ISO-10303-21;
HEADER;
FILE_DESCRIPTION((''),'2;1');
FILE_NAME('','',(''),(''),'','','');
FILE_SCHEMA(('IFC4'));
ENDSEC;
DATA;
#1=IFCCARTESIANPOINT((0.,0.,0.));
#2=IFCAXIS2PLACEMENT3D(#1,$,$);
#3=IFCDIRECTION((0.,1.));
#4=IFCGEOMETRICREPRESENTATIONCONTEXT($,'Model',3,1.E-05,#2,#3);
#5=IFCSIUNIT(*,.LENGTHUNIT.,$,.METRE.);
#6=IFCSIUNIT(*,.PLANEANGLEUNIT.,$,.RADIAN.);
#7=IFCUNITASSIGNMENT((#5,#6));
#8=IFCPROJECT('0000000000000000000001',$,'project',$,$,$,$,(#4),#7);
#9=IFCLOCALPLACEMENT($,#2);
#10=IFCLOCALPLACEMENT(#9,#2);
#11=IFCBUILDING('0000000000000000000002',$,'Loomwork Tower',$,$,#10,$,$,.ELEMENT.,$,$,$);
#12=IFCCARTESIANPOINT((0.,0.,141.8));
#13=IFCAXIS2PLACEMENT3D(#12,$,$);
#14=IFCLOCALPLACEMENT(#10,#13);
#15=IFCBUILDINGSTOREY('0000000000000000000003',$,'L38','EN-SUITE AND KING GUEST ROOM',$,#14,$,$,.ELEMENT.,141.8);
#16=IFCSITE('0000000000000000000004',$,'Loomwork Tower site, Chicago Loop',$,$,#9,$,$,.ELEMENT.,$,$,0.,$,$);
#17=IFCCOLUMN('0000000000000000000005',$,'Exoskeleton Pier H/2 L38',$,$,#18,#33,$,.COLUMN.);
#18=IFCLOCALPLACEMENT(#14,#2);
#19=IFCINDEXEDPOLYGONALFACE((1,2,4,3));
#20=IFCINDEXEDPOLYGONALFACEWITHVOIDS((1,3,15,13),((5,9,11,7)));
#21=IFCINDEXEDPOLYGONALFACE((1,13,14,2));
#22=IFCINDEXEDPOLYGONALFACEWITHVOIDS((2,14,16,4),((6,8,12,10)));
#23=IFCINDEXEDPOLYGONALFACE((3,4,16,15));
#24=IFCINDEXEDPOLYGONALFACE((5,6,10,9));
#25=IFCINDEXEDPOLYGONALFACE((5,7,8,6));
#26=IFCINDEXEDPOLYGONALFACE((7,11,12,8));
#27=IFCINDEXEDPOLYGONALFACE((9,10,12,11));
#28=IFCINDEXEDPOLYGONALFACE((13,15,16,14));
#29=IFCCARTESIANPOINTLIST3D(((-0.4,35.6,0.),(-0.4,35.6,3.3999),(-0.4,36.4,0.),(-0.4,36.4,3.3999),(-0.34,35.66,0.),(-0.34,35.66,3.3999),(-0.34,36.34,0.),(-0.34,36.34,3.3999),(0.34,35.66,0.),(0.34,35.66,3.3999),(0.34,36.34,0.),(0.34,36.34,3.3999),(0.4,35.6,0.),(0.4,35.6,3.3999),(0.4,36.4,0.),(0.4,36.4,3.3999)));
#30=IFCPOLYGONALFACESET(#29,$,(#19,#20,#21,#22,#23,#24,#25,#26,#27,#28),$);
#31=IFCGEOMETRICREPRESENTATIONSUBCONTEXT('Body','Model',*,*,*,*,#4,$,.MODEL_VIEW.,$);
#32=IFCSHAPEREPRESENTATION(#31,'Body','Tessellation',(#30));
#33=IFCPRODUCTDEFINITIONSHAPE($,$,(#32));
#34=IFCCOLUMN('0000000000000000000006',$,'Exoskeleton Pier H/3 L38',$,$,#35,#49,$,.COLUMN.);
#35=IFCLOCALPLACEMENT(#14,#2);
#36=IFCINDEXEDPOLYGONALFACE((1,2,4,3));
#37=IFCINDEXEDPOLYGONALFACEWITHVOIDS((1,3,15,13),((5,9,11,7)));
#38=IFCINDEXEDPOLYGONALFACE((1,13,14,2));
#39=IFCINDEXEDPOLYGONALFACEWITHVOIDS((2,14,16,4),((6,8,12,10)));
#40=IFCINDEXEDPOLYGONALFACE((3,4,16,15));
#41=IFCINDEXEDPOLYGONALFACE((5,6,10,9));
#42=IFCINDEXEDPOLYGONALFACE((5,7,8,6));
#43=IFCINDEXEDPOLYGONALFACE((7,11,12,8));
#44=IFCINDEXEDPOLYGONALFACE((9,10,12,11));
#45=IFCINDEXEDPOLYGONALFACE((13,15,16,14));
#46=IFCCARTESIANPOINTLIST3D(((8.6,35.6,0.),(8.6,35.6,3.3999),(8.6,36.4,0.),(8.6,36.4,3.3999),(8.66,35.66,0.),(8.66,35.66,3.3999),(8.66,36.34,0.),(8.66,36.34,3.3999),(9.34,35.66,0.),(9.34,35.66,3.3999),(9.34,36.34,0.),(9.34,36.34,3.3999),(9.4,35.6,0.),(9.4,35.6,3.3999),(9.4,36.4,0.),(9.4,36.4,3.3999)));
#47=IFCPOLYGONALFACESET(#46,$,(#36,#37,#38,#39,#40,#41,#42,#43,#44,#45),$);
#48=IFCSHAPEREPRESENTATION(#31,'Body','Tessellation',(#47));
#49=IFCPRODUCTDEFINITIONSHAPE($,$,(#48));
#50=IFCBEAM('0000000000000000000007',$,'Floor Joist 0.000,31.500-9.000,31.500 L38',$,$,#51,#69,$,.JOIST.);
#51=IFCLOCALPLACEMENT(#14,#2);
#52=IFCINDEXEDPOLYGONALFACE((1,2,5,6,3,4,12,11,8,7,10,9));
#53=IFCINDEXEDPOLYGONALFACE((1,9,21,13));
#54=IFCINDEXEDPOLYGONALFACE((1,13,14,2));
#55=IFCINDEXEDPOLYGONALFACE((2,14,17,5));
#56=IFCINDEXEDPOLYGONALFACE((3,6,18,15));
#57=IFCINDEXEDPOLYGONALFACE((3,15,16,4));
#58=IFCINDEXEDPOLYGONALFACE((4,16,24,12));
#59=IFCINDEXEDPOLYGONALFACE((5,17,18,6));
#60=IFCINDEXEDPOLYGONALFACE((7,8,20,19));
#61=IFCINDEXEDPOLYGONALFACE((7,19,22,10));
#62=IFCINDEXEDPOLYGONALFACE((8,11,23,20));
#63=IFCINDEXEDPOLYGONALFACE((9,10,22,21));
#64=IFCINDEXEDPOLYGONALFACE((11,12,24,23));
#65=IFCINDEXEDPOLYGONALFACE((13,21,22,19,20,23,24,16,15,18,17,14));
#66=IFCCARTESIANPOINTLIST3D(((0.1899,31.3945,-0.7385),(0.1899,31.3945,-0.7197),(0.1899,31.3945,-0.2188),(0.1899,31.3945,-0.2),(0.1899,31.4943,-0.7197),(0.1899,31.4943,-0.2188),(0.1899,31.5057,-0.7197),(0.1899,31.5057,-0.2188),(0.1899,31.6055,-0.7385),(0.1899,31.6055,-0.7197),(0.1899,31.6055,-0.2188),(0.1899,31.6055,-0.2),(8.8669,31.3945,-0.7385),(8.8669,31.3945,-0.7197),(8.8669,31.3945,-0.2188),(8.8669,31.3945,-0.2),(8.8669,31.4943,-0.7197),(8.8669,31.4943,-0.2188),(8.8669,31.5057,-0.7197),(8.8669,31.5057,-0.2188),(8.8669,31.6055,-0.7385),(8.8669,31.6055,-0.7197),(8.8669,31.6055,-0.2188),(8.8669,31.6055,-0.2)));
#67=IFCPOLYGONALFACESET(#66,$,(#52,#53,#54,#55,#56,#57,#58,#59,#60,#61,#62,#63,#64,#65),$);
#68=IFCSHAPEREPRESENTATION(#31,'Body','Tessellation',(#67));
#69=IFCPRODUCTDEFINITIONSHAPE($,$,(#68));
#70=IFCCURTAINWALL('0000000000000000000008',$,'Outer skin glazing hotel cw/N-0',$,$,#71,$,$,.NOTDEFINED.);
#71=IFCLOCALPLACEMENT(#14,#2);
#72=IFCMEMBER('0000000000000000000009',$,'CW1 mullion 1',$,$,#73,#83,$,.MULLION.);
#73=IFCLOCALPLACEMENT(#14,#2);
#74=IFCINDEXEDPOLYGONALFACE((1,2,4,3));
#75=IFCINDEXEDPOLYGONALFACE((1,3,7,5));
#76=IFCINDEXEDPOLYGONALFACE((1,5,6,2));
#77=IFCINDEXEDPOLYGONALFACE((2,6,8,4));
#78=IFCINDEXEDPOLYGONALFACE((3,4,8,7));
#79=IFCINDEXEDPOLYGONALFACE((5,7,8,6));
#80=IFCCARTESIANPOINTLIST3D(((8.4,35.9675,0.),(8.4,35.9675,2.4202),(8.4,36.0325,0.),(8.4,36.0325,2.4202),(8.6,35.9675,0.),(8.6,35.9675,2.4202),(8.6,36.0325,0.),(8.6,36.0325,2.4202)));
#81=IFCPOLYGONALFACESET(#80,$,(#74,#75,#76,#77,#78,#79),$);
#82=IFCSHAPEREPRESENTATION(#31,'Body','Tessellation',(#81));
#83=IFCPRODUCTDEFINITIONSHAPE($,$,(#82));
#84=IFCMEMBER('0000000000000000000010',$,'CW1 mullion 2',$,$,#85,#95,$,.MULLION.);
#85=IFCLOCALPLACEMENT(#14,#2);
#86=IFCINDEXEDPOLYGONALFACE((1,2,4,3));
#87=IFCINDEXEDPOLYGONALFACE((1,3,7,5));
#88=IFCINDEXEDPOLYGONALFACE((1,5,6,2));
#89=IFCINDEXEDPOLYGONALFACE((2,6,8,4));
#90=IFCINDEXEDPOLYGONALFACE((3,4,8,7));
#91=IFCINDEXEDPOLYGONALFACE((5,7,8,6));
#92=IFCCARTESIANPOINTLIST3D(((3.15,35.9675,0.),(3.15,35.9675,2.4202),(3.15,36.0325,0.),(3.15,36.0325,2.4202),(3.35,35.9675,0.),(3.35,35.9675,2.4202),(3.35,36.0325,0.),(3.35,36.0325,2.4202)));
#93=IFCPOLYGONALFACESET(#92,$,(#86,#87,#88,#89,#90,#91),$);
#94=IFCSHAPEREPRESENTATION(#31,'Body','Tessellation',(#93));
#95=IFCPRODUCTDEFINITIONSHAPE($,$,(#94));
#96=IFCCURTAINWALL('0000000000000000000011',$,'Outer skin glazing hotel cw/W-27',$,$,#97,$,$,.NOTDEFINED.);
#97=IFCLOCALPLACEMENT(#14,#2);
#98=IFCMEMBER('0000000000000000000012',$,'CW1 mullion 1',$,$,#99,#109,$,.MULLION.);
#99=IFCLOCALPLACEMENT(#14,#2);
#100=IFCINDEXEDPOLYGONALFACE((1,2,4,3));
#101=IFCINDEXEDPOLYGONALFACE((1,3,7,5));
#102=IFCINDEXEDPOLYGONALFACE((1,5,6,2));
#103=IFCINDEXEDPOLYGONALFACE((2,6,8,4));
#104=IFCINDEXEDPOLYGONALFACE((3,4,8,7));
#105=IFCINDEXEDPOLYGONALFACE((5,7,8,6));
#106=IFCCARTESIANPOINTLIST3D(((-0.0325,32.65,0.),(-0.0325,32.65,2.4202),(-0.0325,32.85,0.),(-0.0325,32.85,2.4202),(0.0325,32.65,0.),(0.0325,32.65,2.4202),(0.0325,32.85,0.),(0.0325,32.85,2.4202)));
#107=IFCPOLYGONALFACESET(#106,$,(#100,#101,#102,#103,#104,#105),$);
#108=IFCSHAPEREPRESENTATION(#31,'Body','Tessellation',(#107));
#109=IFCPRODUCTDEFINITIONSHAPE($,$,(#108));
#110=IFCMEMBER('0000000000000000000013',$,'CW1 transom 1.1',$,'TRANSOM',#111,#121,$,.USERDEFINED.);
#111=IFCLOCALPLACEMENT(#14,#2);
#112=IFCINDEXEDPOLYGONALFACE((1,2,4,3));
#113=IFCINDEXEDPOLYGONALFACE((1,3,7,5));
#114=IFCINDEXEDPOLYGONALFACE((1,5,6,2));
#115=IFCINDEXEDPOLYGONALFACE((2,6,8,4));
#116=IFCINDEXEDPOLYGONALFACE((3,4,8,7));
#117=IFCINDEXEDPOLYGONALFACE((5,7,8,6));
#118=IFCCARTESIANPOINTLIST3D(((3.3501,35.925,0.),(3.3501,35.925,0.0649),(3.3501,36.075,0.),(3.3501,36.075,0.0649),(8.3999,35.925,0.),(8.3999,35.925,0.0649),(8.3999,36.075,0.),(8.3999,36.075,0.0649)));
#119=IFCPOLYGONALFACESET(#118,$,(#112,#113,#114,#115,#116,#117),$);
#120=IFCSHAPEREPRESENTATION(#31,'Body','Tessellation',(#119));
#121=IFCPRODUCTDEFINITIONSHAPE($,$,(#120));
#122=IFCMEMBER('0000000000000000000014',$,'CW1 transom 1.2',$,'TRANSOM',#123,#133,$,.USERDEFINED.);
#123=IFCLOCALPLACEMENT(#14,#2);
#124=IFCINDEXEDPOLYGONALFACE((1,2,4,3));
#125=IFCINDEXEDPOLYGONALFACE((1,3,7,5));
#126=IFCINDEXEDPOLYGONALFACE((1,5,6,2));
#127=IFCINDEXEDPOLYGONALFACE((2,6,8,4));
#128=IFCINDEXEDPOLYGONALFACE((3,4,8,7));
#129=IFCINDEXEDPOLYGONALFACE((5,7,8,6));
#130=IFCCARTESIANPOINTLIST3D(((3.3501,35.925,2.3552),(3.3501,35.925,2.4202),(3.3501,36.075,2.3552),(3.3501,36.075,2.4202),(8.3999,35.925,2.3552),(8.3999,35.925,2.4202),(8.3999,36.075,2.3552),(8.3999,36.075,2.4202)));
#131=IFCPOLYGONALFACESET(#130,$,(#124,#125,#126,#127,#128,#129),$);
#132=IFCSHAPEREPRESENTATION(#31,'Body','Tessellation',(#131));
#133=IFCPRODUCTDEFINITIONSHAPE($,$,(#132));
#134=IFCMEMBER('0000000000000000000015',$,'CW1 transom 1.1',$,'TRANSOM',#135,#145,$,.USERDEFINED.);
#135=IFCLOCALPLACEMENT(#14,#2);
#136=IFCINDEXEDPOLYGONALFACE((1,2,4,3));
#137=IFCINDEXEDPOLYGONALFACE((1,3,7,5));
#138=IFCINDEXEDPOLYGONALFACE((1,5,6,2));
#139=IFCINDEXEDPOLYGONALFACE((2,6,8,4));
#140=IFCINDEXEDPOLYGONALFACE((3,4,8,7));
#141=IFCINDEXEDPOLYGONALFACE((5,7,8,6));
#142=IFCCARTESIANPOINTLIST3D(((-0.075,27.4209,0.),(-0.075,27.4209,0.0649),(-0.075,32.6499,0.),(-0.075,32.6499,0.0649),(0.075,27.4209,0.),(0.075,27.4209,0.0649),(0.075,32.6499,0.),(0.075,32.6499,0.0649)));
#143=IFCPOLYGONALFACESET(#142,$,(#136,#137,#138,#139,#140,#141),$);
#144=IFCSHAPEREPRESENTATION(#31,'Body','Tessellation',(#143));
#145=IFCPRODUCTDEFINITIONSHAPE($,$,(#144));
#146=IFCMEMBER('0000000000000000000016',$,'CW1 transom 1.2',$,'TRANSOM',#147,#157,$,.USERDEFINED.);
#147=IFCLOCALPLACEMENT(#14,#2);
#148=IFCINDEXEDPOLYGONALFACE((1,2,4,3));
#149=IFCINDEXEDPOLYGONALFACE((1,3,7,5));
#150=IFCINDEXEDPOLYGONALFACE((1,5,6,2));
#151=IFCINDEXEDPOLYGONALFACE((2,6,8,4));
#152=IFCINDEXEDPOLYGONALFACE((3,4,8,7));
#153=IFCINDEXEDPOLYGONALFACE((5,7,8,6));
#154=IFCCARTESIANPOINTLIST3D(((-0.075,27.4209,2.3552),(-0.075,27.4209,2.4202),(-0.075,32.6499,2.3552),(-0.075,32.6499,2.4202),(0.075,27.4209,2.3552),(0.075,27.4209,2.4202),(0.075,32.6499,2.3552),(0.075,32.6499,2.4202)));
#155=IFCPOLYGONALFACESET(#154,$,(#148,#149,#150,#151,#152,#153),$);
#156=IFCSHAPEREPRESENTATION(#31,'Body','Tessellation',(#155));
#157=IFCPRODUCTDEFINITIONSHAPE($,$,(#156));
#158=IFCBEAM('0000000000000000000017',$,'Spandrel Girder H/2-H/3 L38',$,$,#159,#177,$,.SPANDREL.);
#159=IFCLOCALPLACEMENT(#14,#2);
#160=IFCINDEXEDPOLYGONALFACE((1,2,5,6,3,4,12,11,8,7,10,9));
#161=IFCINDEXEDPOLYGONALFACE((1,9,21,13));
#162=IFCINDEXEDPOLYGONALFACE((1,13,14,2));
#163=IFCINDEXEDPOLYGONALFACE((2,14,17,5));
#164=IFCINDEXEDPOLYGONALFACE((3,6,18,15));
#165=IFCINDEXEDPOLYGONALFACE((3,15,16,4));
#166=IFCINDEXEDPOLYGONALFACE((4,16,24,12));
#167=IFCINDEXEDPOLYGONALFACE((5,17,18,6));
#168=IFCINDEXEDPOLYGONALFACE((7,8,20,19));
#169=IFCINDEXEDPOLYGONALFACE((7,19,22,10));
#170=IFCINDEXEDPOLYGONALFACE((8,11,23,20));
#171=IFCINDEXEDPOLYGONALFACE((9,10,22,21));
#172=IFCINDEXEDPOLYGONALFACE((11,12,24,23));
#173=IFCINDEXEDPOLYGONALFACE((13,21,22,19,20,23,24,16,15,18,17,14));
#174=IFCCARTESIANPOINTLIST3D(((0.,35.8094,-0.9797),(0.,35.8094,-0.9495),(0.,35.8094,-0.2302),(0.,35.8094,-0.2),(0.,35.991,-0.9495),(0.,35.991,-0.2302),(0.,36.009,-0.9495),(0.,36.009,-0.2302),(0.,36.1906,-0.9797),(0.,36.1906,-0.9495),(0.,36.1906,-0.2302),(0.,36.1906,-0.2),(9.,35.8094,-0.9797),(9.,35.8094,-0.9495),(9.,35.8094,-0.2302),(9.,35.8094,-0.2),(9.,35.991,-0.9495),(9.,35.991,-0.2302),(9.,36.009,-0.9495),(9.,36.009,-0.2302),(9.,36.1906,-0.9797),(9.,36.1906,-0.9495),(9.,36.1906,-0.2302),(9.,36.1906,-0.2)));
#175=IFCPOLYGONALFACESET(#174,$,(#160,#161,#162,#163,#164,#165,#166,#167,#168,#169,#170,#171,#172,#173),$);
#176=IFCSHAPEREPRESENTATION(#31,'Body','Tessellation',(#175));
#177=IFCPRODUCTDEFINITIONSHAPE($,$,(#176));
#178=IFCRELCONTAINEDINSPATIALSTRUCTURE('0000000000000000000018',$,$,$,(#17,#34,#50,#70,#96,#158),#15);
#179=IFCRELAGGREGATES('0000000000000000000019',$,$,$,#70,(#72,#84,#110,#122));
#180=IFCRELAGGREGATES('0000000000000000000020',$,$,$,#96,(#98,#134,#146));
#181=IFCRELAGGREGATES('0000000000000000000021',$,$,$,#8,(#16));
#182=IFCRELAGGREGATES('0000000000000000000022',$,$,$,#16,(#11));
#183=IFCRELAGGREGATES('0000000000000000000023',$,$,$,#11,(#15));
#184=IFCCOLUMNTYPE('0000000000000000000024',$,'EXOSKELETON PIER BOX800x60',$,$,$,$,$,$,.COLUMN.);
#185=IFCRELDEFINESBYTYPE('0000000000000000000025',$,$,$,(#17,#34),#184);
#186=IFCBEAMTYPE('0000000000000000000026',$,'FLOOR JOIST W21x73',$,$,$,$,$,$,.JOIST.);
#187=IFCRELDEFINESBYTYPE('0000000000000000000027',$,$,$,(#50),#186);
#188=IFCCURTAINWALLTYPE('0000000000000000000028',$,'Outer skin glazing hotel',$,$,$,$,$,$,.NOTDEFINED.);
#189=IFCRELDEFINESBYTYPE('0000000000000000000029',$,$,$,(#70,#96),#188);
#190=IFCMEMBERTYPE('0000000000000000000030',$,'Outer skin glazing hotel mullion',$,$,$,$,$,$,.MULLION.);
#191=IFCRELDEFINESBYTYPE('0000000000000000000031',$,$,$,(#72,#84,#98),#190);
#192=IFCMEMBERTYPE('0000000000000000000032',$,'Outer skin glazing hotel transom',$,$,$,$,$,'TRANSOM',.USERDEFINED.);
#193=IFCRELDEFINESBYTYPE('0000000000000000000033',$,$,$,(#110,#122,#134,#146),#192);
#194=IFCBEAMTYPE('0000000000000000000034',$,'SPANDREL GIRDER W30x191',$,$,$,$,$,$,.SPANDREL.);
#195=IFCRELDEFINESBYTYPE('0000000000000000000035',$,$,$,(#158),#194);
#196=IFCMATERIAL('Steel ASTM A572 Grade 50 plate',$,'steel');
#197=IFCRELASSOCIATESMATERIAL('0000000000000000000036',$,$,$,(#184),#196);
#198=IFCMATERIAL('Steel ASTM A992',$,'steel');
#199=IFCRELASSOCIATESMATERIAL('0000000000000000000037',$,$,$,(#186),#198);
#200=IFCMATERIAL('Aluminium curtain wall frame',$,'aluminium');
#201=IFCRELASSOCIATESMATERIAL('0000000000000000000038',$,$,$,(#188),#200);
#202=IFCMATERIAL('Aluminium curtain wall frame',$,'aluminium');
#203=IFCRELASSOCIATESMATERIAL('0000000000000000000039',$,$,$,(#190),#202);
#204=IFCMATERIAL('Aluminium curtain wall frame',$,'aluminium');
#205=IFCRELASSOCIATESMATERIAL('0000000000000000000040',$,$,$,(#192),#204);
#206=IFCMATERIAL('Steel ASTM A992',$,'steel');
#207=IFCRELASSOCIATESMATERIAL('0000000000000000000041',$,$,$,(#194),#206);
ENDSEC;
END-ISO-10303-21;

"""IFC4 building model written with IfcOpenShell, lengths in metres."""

from ifc_helpers import new_model, si_unit, direction, frame, origin, origin_2d, place, context, subcontext, project, spatial, rectangle, hollow_rectangle, i_section, extrude, material, material_profile, profile_set, type_object, element, aggregate, save


model = new_model("IFC4")

# Units and contexts
model_context = context("Model", 3, precision=1e-05, world=origin(), true_north=direction((0.0, 1.0)))
body_context = subcontext(model_context, "Body", "Model", "MODEL_VIEW")
ifc_project = project(units=[si_unit("LENGTHUNIT", "METRE"), si_unit("PLANEANGLEUNIT", "RADIAN")], contexts=[model_context])

# Site, building, storey
site_placement = place(None, origin())
site = spatial("IfcSite", under=ifc_project, at=site_placement, Name="Loomwork Tower site, Chicago Loop", CompositionType="ELEMENT", RefElevation=0.0)
building_placement = place(site_placement, origin())
building = spatial("IfcBuilding", under=site, at=building_placement, Name="Loomwork Tower", CompositionType="ELEMENT")
storey_placement = place(building_placement, frame((0.0, 0.0, 141.8)))
storey = spatial("IfcBuildingStorey", under=building, at=storey_placement, Name="L38", Description="EN-SUITE AND KING GUEST ROOM", CompositionType="ELEMENT", Elevation=141.8)

# Columns
ifc_material_1 = material(Name="Steel ASTM A572 Grade 50 plate", Category="steel")
ifc_material_profile_1 = material_profile(ifc_material_1, hollow_rectangle(XDim=0.8, YDim=0.8, WallThickness=0.0601, at=origin_2d()), Name="BOX800x60")
ifc_profile_set_1 = profile_set([ifc_material_profile_1], Name="Steel ASTM A572 Grade 50 plate")
column_type = type_object("IfcColumnType", Name="EXOSKELETON PIER BOX800x60", PredefinedType="COLUMN", material=ifc_profile_set_1)
for number, where, z_axis, x_axis, name in (
    (1, (0.0, 36.0, 0.0), (0.0, 0.0, 1.0), (1.0, 0.0, 0.0), "Exoskeleton Pier H/2 L38"),
    (2, (9.0, 36.0, 0.0), (0.0, 0.0, 1.0), (1.0, 0.0, 0.0), "Exoskeleton Pier H/3 L38"),
):
    element("IfcColumn", number, at=place(storey_placement, frame(where, z_axis=z_axis, x_axis=x_axis)), inside=storey, type_object=column_type, Name=name, PredefinedType="COLUMN", context=body_context, shape_type="SweptSolid", body=[
        extrude(hollow_rectangle(XDim=0.8, YDim=0.8, WallThickness=0.0601, at=origin_2d()), origin(), (0.0, 0.0, 1.0), 3.3999),
    ])

# Beam
ifc_material_2 = material(Name="Steel ASTM A992", Category="steel")
ifc_material_profile_2 = material_profile(ifc_material_2, i_section(OverallWidth=0.2109, OverallDepth=0.5386, WebThickness=0.0115, FlangeThickness=0.0188, at=origin_2d()), Name="W21x73")
ifc_profile_set_2 = profile_set([ifc_material_profile_2], Name="Steel ASTM A992")
beam_type_1 = type_object("IfcBeamType", Name="FLOOR JOIST W21x73", PredefinedType="JOIST", material=ifc_profile_set_2)
beam_placement = place(storey_placement, frame((0.1899, 31.5, -0.4692), z_axis=(1.0, 0.0, 0.0), x_axis=(0.0, 1.0, 0.0)))
element("IfcBeam", 3, at=beam_placement, inside=storey, type_object=beam_type_1, Name="Floor Joist 0.000,31.500-9.000,31.500 L38", PredefinedType="JOIST", context=body_context, shape_type="SweptSolid", body=[
    extrude(i_section(OverallWidth=0.2109, OverallDepth=0.5386, WebThickness=0.0115, FlangeThickness=0.0188, at=origin_2d()), origin(), (0.0, 0.0, 1.0), 8.677),
])

# Curtain wall, members
ifc_material_3 = material(Name="Aluminium curtain wall frame", Category="aluminium")
curtain_wall_type = type_object("IfcCurtainWallType", Name="Outer skin glazing hotel", PredefinedType="NOTDEFINED", material=ifc_material_3)
curtain_wall_1_placement = place(storey_placement, origin())
curtain_wall_1 = element("IfcCurtainWall", 4, at=curtain_wall_1_placement, inside=storey, type_object=curtain_wall_type, Name="Outer skin glazing hotel cw/N-0", PredefinedType="NOTDEFINED")
ifc_material_4 = material(Name="Aluminium curtain wall frame", Category="aluminium")
ifc_material_profile_3 = material_profile(ifc_material_4, rectangle(XDim=0.0649, YDim=0.2, at=origin_2d()), Name="AL 65x200")
ifc_profile_set_3 = profile_set([ifc_material_profile_3], Name="Aluminium curtain wall frame")
member_type_1 = type_object("IfcMemberType", Name="Outer skin glazing hotel mullion", PredefinedType="MULLION", material=ifc_profile_set_3)
member_1_placement = place(storey_placement, frame((8.5, 36.0, 0.0), z_axis=(0.0, 0.0, 1.0), x_axis=(0.0, -1.0, 0.0)))
member_1 = element("IfcMember", 5, at=member_1_placement, type_object=member_type_1, Name="CW1 mullion 1", PredefinedType="MULLION", context=body_context, shape_type="SweptSolid", body=[
    extrude(rectangle(XDim=0.0649, YDim=0.2, at=origin_2d()), origin(), (0.0, 0.0, 1.0), 2.4202),
])
member_2_placement = place(storey_placement, frame((3.25, 36.0, 0.0), z_axis=(0.0, 0.0, 1.0), x_axis=(0.0, -1.0, 0.0)))
member_2 = element("IfcMember", 6, at=member_2_placement, type_object=member_type_1, Name="CW1 mullion 2", PredefinedType="MULLION", context=body_context, shape_type="SweptSolid", body=[
    extrude(rectangle(XDim=0.0649, YDim=0.2, at=origin_2d()), origin(), (0.0, 0.0, 1.0), 2.4202),
])

# Curtain wall, member
curtain_wall_2_placement = place(storey_placement, origin())
curtain_wall_2 = element("IfcCurtainWall", 7, at=curtain_wall_2_placement, inside=storey, type_object=curtain_wall_type, Name="Outer skin glazing hotel cw/W-27", PredefinedType="NOTDEFINED")
member_3_placement = place(storey_placement, frame((0.0, 32.75, 0.0), z_axis=(0.0, 0.0, 1.0), x_axis=(1.0, 0.0, 0.0)))
member_3 = element("IfcMember", 8, at=member_3_placement, type_object=member_type_1, Name="CW1 mullion 1", PredefinedType="MULLION", context=body_context, shape_type="SweptSolid", body=[
    extrude(rectangle(XDim=0.0649, YDim=0.2, at=origin_2d()), origin(), (0.0, 0.0, 1.0), 2.4202),
])

# Members
ifc_material_5 = material(Name="Aluminium curtain wall frame", Category="aluminium")
ifc_material_profile_4 = material_profile(ifc_material_5, rectangle(XDim=0.1499, YDim=0.0649, at=origin_2d()), Name="AL 65x150")
ifc_profile_set_4 = profile_set([ifc_material_profile_4], Name="Aluminium curtain wall frame")
member_type_2 = type_object("IfcMemberType", Name="Outer skin glazing hotel transom", ElementType="TRANSOM", PredefinedType="USERDEFINED", material=ifc_profile_set_4)
member_4_placement = place(storey_placement, frame((8.3999, 36.0, 0.0325), z_axis=(-1.0, 0.0, 0.0), x_axis=(0.0, -1.0, 0.0)))
member_4 = element("IfcMember", 9, at=member_4_placement, type_object=member_type_2, Name="CW1 transom 1.1", ObjectType="TRANSOM", PredefinedType="USERDEFINED", context=body_context, shape_type="SweptSolid", body=[
    extrude(rectangle(XDim=0.1499, YDim=0.0649, at=origin_2d()), origin(), (0.0, 0.0, 1.0), 5.0498),
])
member_5_placement = place(storey_placement, frame((8.3999, 36.0, 2.3877), z_axis=(-1.0, 0.0, 0.0), x_axis=(0.0, -1.0, 0.0)))
member_5 = element("IfcMember", 10, at=member_5_placement, type_object=member_type_2, Name="CW1 transom 1.2", ObjectType="TRANSOM", PredefinedType="USERDEFINED", context=body_context, shape_type="SweptSolid", body=[
    extrude(rectangle(XDim=0.1499, YDim=0.0649, at=origin_2d()), origin(), (0.0, 0.0, 1.0), 5.0498),
])
member_6_placement = place(storey_placement, frame((0.0, 32.6499, 0.0325), z_axis=(0.0, -1.0, 0.0), x_axis=(1.0, 0.0, 0.0)))
member_6 = element("IfcMember", 11, at=member_6_placement, type_object=member_type_2, Name="CW1 transom 1.1", ObjectType="TRANSOM", PredefinedType="USERDEFINED", context=body_context, shape_type="SweptSolid", body=[
    extrude(rectangle(XDim=0.1499, YDim=0.0649, at=origin_2d()), origin(), (0.0, 0.0, 1.0), 5.229),
])
member_7_placement = place(storey_placement, frame((0.0, 32.6499, 2.3877), z_axis=(0.0, -1.0, 0.0), x_axis=(1.0, 0.0, 0.0)))
member_7 = element("IfcMember", 12, at=member_7_placement, type_object=member_type_2, Name="CW1 transom 1.2", ObjectType="TRANSOM", PredefinedType="USERDEFINED", context=body_context, shape_type="SweptSolid", body=[
    extrude(rectangle(XDim=0.1499, YDim=0.0649, at=origin_2d()), origin(), (0.0, 0.0, 1.0), 5.229),
])

# Beam
ifc_material_6 = material(Name="Steel ASTM A992", Category="steel")
ifc_material_profile_5 = material_profile(ifc_material_6, i_section(OverallWidth=0.3811, OverallDepth=0.7798, WebThickness=0.0181, FlangeThickness=0.0303, at=origin_2d()), Name="W30x191")
ifc_profile_set_5 = profile_set([ifc_material_profile_5], Name="Steel ASTM A992")
beam_type_2 = type_object("IfcBeamType", Name="SPANDREL GIRDER W30x191", PredefinedType="SPANDREL", material=ifc_profile_set_5)
for number, where, z_axis, x_axis, name in (
    (13, (0.0, 36.0, -0.5898), (1.0, 0.0, 0.0), (0.0, 1.0, 0.0), "Spandrel Girder H/2-H/3 L38"),
):
    element("IfcBeam", number, at=place(storey_placement, frame(where, z_axis=z_axis, x_axis=x_axis)), inside=storey, type_object=beam_type_2, Name=name, PredefinedType="SPANDREL", context=body_context, shape_type="SweptSolid", body=[
        extrude(i_section(OverallWidth=0.3811, OverallDepth=0.7798, WebThickness=0.0181, FlangeThickness=0.0303, at=origin_2d()), origin(), (0.0, 0.0, 1.0), 9.0),
    ])

aggregate(curtain_wall_1, [member_1, member_2, member_4, member_5])
aggregate(curtain_wall_2, [member_3, member_6, member_7])

save(model, "model.ifc")
